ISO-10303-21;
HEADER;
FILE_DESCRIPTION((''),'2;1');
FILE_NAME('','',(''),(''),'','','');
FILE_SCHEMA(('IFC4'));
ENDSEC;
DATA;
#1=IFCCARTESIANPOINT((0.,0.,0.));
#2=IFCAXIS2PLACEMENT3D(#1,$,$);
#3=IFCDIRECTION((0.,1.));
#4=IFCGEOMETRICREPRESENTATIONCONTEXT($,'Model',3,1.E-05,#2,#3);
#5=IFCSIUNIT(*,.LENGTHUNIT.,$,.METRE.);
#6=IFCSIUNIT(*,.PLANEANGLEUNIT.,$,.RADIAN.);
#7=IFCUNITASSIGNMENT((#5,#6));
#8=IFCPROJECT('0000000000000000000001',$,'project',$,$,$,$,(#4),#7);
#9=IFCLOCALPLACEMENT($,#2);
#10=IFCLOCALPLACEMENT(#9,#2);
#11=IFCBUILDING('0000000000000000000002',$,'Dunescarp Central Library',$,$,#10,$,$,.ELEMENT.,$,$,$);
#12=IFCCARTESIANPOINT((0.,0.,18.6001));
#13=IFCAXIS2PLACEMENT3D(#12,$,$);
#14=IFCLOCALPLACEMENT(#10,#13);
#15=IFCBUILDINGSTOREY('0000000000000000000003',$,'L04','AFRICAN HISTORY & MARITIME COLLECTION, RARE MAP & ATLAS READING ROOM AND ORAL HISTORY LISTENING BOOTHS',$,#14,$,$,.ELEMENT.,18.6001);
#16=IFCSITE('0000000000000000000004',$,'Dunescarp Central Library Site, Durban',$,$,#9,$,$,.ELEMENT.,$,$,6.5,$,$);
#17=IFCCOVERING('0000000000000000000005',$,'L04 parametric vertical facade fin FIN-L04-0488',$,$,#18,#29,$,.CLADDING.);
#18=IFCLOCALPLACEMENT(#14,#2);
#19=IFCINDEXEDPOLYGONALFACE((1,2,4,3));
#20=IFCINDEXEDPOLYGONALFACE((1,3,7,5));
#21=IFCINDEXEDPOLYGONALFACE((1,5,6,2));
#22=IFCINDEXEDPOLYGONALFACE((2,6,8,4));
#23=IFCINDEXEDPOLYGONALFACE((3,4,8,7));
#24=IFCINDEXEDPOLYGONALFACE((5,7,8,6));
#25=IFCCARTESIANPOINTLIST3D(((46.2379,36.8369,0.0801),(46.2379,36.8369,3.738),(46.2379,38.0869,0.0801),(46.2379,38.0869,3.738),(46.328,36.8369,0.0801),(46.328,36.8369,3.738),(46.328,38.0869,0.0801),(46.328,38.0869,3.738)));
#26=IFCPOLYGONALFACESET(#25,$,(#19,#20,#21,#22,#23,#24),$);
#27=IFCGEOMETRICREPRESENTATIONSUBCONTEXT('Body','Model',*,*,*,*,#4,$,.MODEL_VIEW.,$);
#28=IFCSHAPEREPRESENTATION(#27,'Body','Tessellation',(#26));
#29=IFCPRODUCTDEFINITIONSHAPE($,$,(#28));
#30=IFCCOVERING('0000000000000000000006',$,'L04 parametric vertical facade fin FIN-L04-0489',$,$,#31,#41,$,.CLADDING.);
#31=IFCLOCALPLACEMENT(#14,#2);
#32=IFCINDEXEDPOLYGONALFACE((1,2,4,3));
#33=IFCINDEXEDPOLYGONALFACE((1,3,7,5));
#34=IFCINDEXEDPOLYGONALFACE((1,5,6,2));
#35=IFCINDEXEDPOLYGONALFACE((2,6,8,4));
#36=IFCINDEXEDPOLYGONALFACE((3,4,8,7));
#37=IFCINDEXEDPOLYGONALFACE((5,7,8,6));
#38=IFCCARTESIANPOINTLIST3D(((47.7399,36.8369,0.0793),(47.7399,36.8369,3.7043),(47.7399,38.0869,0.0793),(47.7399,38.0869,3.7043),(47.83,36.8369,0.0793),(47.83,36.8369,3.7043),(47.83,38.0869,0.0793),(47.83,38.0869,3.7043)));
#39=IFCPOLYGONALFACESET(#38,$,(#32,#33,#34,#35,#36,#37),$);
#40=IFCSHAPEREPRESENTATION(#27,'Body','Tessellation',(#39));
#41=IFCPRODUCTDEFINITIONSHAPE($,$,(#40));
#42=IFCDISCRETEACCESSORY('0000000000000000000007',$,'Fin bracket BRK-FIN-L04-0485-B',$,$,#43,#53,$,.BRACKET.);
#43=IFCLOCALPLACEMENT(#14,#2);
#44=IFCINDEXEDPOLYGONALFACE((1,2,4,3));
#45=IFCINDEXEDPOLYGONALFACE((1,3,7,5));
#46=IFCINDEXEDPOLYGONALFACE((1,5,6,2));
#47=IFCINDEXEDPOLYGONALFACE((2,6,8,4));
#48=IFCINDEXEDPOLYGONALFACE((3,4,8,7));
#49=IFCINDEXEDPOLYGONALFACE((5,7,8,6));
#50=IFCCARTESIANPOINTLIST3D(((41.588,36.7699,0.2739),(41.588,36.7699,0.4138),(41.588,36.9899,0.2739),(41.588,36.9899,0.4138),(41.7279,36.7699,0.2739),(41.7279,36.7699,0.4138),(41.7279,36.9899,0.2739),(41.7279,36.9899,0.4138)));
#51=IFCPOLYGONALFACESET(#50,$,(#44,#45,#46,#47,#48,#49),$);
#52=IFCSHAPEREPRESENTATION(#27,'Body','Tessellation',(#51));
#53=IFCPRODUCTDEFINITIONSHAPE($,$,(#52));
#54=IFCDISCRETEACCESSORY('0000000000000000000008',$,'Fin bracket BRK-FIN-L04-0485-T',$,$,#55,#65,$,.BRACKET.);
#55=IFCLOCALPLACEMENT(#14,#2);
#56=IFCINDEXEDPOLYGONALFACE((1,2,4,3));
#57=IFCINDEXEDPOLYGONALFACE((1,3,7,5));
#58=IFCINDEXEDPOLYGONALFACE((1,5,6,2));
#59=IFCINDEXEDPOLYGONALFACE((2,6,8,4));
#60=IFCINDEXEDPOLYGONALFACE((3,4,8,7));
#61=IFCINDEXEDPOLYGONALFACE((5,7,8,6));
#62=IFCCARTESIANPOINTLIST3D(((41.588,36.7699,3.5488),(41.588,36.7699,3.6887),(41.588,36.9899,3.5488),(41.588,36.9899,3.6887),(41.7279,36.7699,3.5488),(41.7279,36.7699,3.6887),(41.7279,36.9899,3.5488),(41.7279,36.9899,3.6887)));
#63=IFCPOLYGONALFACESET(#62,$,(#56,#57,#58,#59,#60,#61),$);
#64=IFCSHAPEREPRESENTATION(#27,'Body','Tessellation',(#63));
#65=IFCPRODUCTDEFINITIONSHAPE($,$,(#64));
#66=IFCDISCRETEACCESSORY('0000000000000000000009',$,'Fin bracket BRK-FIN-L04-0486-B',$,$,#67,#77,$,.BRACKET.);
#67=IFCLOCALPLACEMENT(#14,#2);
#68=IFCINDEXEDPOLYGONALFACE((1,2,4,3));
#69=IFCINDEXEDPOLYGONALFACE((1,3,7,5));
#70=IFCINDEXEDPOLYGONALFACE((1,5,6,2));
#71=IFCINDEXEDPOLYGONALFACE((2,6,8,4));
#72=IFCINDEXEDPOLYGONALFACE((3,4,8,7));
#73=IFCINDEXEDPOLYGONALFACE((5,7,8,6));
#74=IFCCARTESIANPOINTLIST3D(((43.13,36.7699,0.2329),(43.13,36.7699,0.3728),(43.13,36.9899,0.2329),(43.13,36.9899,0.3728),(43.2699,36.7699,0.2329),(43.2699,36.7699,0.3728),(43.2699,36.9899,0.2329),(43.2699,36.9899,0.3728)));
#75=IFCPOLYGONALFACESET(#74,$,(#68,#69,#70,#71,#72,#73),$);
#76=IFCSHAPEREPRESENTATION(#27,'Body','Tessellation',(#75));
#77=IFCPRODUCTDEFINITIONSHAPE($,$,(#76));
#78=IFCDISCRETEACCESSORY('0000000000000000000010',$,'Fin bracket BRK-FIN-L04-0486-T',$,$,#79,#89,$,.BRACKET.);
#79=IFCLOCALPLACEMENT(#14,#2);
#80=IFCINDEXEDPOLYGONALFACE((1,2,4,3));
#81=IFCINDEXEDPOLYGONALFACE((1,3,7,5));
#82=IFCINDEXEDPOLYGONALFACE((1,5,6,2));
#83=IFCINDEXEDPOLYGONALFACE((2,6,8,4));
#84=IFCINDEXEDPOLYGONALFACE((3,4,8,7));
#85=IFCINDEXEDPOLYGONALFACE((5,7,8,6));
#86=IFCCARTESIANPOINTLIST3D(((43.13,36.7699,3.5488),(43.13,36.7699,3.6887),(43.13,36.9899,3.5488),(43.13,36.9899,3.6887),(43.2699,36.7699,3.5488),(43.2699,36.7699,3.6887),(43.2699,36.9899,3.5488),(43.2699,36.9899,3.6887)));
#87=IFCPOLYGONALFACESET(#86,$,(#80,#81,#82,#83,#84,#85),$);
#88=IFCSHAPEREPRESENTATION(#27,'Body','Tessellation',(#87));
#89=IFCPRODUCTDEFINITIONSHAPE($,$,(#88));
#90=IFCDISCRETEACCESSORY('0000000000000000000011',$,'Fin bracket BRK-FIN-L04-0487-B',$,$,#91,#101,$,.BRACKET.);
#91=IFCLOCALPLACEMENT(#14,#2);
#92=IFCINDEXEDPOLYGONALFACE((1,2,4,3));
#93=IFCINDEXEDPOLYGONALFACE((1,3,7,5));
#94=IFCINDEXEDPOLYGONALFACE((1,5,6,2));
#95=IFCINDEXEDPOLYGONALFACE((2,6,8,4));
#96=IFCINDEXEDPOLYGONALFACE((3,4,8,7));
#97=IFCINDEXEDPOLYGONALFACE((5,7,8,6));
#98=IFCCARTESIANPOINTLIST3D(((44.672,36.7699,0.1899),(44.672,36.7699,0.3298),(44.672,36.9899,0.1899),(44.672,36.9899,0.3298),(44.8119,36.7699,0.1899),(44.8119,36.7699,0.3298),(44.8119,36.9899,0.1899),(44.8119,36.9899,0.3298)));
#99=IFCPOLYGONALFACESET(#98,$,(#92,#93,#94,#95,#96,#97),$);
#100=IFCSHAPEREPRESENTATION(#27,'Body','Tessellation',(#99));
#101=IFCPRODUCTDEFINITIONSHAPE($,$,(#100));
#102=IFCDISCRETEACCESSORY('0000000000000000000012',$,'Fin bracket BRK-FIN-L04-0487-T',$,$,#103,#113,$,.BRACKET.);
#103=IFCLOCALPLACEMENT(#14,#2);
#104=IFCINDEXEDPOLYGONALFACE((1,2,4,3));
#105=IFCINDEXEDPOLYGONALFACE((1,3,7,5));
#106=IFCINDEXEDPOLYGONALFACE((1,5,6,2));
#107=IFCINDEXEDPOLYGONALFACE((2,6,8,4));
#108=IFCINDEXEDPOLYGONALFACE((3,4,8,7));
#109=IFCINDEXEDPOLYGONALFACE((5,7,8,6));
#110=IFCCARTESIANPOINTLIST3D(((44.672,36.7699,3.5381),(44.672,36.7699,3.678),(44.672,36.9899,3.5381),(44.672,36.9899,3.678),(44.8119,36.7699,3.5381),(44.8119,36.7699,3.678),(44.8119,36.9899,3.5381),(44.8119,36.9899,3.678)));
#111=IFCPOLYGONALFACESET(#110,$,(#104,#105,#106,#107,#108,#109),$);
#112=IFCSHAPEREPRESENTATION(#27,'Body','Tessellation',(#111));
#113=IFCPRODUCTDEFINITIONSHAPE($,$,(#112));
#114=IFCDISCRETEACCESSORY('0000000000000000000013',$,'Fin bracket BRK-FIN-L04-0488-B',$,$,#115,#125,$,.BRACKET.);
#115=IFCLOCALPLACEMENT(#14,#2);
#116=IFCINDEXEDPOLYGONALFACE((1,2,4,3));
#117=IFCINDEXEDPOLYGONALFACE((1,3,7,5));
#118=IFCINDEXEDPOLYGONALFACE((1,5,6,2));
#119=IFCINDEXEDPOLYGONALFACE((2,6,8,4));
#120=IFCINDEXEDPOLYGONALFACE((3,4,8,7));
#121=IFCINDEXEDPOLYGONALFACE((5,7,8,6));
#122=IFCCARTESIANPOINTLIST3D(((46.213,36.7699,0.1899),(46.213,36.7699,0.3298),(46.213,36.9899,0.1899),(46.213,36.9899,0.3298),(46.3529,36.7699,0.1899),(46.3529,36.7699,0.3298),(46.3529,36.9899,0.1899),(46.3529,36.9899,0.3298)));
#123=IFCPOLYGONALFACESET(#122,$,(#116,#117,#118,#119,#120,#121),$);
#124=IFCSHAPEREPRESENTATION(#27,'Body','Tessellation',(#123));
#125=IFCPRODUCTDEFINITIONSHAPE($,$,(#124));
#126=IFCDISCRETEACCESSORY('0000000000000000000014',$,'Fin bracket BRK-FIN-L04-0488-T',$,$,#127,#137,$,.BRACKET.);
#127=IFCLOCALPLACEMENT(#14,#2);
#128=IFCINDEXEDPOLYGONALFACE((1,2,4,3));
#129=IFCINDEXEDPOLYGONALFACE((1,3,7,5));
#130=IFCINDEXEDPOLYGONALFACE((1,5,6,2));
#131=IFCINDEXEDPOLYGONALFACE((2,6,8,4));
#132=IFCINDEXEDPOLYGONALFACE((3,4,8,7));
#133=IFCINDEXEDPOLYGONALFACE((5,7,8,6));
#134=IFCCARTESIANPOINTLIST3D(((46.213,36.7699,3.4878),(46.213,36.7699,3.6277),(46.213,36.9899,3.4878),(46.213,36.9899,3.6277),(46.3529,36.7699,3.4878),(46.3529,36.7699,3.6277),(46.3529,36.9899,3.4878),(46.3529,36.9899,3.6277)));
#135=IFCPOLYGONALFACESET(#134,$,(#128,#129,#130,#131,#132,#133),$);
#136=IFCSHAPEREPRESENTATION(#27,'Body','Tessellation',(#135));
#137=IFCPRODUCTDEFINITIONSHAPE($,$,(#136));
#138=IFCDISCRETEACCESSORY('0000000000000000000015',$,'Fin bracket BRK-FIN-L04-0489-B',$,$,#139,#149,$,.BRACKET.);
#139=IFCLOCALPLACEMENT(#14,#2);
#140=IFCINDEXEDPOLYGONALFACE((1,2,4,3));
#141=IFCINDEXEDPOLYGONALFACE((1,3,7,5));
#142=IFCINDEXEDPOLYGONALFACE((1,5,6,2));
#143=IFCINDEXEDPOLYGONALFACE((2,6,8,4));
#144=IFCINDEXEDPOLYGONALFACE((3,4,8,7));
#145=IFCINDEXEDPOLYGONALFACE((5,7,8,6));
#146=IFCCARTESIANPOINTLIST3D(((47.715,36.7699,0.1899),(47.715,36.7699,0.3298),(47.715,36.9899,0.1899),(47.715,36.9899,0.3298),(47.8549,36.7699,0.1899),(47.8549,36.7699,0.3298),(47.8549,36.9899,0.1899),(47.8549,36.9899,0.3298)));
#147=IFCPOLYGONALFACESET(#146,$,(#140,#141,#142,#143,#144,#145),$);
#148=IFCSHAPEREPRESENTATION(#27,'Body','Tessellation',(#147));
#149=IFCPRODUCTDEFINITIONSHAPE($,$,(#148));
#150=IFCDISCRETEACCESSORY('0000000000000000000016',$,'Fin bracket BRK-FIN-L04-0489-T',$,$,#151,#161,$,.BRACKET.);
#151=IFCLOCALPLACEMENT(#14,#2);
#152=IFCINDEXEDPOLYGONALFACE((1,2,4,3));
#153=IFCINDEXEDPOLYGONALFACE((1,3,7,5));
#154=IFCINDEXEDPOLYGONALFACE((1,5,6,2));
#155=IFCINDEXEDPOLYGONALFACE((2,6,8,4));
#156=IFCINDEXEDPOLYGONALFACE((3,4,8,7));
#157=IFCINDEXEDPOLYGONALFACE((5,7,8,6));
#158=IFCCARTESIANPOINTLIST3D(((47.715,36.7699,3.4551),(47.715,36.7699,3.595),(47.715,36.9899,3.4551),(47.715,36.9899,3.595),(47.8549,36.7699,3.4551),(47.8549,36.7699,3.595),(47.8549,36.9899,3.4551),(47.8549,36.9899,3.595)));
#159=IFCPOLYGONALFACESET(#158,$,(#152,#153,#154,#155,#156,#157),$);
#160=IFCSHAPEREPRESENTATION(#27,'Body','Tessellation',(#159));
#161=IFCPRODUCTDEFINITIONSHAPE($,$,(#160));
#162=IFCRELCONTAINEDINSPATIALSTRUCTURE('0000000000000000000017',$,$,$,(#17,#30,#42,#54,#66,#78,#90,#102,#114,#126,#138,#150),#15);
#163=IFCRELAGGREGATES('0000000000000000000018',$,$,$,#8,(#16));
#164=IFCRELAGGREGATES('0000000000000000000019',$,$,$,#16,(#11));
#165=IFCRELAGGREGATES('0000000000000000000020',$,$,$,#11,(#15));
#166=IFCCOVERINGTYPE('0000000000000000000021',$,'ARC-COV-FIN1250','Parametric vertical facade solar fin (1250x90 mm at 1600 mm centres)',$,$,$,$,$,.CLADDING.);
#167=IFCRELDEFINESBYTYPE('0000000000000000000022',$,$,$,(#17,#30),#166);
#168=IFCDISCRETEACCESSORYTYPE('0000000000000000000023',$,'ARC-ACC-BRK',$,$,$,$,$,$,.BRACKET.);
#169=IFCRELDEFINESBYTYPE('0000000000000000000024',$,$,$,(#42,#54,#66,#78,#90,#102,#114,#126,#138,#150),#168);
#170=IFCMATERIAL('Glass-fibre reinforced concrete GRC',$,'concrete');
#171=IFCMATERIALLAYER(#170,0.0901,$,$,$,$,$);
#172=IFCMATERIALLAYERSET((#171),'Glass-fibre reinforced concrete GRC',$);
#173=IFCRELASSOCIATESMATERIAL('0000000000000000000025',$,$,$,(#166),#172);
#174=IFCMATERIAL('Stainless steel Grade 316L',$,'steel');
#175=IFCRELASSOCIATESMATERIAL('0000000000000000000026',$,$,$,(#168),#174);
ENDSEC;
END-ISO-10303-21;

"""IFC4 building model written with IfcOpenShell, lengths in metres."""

from ifc_helpers import new_model, si_unit, direction, frame, origin, origin_2d, place, context, subcontext, project, spatial, rectangle, extrude, material, layer, layer_set, type_object, element, save


model = new_model("IFC4")

# Units and contexts
model_context = context("Model", 3, precision=1e-05, world=origin(), true_north=direction((0.0, 1.0)))
body_context = subcontext(model_context, "Body", "Model", "MODEL_VIEW")
ifc_project = project(units=[si_unit("LENGTHUNIT", "METRE"), si_unit("PLANEANGLEUNIT", "RADIAN")], contexts=[model_context])

# Site, building, storey
site_placement = place(None, origin())
site = spatial("IfcSite", under=ifc_project, at=site_placement, Name="Dunescarp Central Library Site, Durban", CompositionType="ELEMENT", RefElevation=6.5)
building_placement = place(site_placement, origin())
building = spatial("IfcBuilding", under=site, at=building_placement, Name="Dunescarp Central Library", CompositionType="ELEMENT")
storey_placement = place(building_placement, frame((0.0, 0.0, 18.6001)))
storey = spatial("IfcBuildingStorey", under=building, at=storey_placement, Name="L04", Description="AFRICAN HISTORY & MARITIME COLLECTION, RARE MAP & ATLAS READING ROOM AND ORAL HISTORY LISTENING BOOTHS", CompositionType="ELEMENT", Elevation=18.6001)

# Coverings
ifc_material_1 = material(Name="Glass-fibre reinforced concrete GRC", Category="concrete")
ifc_layer_1 = layer(ifc_material_1, 0.0901)
ifc_layer_set_1 = layer_set([ifc_layer_1], Name="Glass-fibre reinforced concrete GRC")
covering_type = type_object("IfcCoveringType", Name="ARC-COV-FIN1250", Description="Parametric vertical facade solar fin (1250x90 mm at 1600 mm centres)", PredefinedType="CLADDING", material=ifc_layer_set_1)
covering_1_placement = place(storey_placement, frame((46.283, 37.4619, 0.0801), z_axis=(0.0, 0.0, 1.0), x_axis=(0.0, 1.0, 0.0)))
element("IfcCovering", 1, at=covering_1_placement, inside=storey, type_object=covering_type, Name="L04 parametric vertical facade fin FIN-L04-0488", PredefinedType="CLADDING", context=body_context, shape_type="SweptSolid", body=[
    extrude(rectangle(XDim=1.25, YDim=0.0901, at=origin_2d()), origin(), (0.0, 0.0, 1.0), 3.658),
])
covering_2_placement = place(storey_placement, frame((47.7849, 37.4619, 0.0793), z_axis=(0.0, 0.0, 1.0), x_axis=(0.0, 1.0, 0.0)))
element("IfcCovering", 2, at=covering_2_placement, inside=storey, type_object=covering_type, Name="L04 parametric vertical facade fin FIN-L04-0489", PredefinedType="CLADDING", context=body_context, shape_type="SweptSolid", body=[
    extrude(rectangle(XDim=1.25, YDim=0.0901, at=origin_2d()), origin(), (0.0, 0.0, 1.0), 3.625),
])

# Discrete accessories
ifc_material_2 = material(Name="Stainless steel Grade 316L", Category="steel")
discrete_accessory_type = type_object("IfcDiscreteAccessoryType", Name="ARC-ACC-BRK", PredefinedType="BRACKET", material=ifc_material_2)
for number, where, z_axis, x_axis, name in (
    (3, (41.658, 36.8799, 0.2739), (0.0, 0.0, 1.0), (0.0, 1.0, 0.0), "Fin bracket BRK-FIN-L04-0485-B"),
    (4, (41.658, 36.8799, 3.5488), (0.0, 0.0, 1.0), (0.0, 1.0, 0.0), "Fin bracket BRK-FIN-L04-0485-T"),
    (5, (43.2, 36.8799, 0.2329), (0.0, 0.0, 1.0), (0.0, 1.0, 0.0), "Fin bracket BRK-FIN-L04-0486-B"),
    (6, (43.2, 36.8799, 3.5488), (0.0, 0.0, 1.0), (0.0, 1.0, 0.0), "Fin bracket BRK-FIN-L04-0486-T"),
    (7, (44.7419, 36.8799, 0.1899), (0.0, 0.0, 1.0), (0.0, 1.0, 0.0), "Fin bracket BRK-FIN-L04-0487-B"),
    (8, (44.7419, 36.8799, 3.5381), (0.0, 0.0, 1.0), (0.0, 1.0, 0.0), "Fin bracket BRK-FIN-L04-0487-T"),
    (9, (46.283, 36.8799, 0.1899), (0.0, 0.0, 1.0), (0.0, 1.0, 0.0), "Fin bracket BRK-FIN-L04-0488-B"),
    (10, (46.283, 36.8799, 3.4878), (0.0, 0.0, 1.0), (0.0, 1.0, 0.0), "Fin bracket BRK-FIN-L04-0488-T"),
    (11, (47.7849, 36.8799, 0.1899), (0.0, 0.0, 1.0), (0.0, 1.0, 0.0), "Fin bracket BRK-FIN-L04-0489-B"),
    (12, (47.7849, 36.8799, 3.4551), (0.0, 0.0, 1.0), (0.0, 1.0, 0.0), "Fin bracket BRK-FIN-L04-0489-T"),
):
    element("IfcDiscreteAccessory", number, at=place(storey_placement, frame(where, z_axis=z_axis, x_axis=x_axis)), inside=storey, type_object=discrete_accessory_type, Name=name, PredefinedType="BRACKET", context=body_context, shape_type="SweptSolid", body=[
        extrude(rectangle(XDim=0.22, YDim=0.1399, at=origin_2d()), origin(), (0.0, 0.0, 1.0), 0.1399),
    ])

save(model, "model.ifc")
